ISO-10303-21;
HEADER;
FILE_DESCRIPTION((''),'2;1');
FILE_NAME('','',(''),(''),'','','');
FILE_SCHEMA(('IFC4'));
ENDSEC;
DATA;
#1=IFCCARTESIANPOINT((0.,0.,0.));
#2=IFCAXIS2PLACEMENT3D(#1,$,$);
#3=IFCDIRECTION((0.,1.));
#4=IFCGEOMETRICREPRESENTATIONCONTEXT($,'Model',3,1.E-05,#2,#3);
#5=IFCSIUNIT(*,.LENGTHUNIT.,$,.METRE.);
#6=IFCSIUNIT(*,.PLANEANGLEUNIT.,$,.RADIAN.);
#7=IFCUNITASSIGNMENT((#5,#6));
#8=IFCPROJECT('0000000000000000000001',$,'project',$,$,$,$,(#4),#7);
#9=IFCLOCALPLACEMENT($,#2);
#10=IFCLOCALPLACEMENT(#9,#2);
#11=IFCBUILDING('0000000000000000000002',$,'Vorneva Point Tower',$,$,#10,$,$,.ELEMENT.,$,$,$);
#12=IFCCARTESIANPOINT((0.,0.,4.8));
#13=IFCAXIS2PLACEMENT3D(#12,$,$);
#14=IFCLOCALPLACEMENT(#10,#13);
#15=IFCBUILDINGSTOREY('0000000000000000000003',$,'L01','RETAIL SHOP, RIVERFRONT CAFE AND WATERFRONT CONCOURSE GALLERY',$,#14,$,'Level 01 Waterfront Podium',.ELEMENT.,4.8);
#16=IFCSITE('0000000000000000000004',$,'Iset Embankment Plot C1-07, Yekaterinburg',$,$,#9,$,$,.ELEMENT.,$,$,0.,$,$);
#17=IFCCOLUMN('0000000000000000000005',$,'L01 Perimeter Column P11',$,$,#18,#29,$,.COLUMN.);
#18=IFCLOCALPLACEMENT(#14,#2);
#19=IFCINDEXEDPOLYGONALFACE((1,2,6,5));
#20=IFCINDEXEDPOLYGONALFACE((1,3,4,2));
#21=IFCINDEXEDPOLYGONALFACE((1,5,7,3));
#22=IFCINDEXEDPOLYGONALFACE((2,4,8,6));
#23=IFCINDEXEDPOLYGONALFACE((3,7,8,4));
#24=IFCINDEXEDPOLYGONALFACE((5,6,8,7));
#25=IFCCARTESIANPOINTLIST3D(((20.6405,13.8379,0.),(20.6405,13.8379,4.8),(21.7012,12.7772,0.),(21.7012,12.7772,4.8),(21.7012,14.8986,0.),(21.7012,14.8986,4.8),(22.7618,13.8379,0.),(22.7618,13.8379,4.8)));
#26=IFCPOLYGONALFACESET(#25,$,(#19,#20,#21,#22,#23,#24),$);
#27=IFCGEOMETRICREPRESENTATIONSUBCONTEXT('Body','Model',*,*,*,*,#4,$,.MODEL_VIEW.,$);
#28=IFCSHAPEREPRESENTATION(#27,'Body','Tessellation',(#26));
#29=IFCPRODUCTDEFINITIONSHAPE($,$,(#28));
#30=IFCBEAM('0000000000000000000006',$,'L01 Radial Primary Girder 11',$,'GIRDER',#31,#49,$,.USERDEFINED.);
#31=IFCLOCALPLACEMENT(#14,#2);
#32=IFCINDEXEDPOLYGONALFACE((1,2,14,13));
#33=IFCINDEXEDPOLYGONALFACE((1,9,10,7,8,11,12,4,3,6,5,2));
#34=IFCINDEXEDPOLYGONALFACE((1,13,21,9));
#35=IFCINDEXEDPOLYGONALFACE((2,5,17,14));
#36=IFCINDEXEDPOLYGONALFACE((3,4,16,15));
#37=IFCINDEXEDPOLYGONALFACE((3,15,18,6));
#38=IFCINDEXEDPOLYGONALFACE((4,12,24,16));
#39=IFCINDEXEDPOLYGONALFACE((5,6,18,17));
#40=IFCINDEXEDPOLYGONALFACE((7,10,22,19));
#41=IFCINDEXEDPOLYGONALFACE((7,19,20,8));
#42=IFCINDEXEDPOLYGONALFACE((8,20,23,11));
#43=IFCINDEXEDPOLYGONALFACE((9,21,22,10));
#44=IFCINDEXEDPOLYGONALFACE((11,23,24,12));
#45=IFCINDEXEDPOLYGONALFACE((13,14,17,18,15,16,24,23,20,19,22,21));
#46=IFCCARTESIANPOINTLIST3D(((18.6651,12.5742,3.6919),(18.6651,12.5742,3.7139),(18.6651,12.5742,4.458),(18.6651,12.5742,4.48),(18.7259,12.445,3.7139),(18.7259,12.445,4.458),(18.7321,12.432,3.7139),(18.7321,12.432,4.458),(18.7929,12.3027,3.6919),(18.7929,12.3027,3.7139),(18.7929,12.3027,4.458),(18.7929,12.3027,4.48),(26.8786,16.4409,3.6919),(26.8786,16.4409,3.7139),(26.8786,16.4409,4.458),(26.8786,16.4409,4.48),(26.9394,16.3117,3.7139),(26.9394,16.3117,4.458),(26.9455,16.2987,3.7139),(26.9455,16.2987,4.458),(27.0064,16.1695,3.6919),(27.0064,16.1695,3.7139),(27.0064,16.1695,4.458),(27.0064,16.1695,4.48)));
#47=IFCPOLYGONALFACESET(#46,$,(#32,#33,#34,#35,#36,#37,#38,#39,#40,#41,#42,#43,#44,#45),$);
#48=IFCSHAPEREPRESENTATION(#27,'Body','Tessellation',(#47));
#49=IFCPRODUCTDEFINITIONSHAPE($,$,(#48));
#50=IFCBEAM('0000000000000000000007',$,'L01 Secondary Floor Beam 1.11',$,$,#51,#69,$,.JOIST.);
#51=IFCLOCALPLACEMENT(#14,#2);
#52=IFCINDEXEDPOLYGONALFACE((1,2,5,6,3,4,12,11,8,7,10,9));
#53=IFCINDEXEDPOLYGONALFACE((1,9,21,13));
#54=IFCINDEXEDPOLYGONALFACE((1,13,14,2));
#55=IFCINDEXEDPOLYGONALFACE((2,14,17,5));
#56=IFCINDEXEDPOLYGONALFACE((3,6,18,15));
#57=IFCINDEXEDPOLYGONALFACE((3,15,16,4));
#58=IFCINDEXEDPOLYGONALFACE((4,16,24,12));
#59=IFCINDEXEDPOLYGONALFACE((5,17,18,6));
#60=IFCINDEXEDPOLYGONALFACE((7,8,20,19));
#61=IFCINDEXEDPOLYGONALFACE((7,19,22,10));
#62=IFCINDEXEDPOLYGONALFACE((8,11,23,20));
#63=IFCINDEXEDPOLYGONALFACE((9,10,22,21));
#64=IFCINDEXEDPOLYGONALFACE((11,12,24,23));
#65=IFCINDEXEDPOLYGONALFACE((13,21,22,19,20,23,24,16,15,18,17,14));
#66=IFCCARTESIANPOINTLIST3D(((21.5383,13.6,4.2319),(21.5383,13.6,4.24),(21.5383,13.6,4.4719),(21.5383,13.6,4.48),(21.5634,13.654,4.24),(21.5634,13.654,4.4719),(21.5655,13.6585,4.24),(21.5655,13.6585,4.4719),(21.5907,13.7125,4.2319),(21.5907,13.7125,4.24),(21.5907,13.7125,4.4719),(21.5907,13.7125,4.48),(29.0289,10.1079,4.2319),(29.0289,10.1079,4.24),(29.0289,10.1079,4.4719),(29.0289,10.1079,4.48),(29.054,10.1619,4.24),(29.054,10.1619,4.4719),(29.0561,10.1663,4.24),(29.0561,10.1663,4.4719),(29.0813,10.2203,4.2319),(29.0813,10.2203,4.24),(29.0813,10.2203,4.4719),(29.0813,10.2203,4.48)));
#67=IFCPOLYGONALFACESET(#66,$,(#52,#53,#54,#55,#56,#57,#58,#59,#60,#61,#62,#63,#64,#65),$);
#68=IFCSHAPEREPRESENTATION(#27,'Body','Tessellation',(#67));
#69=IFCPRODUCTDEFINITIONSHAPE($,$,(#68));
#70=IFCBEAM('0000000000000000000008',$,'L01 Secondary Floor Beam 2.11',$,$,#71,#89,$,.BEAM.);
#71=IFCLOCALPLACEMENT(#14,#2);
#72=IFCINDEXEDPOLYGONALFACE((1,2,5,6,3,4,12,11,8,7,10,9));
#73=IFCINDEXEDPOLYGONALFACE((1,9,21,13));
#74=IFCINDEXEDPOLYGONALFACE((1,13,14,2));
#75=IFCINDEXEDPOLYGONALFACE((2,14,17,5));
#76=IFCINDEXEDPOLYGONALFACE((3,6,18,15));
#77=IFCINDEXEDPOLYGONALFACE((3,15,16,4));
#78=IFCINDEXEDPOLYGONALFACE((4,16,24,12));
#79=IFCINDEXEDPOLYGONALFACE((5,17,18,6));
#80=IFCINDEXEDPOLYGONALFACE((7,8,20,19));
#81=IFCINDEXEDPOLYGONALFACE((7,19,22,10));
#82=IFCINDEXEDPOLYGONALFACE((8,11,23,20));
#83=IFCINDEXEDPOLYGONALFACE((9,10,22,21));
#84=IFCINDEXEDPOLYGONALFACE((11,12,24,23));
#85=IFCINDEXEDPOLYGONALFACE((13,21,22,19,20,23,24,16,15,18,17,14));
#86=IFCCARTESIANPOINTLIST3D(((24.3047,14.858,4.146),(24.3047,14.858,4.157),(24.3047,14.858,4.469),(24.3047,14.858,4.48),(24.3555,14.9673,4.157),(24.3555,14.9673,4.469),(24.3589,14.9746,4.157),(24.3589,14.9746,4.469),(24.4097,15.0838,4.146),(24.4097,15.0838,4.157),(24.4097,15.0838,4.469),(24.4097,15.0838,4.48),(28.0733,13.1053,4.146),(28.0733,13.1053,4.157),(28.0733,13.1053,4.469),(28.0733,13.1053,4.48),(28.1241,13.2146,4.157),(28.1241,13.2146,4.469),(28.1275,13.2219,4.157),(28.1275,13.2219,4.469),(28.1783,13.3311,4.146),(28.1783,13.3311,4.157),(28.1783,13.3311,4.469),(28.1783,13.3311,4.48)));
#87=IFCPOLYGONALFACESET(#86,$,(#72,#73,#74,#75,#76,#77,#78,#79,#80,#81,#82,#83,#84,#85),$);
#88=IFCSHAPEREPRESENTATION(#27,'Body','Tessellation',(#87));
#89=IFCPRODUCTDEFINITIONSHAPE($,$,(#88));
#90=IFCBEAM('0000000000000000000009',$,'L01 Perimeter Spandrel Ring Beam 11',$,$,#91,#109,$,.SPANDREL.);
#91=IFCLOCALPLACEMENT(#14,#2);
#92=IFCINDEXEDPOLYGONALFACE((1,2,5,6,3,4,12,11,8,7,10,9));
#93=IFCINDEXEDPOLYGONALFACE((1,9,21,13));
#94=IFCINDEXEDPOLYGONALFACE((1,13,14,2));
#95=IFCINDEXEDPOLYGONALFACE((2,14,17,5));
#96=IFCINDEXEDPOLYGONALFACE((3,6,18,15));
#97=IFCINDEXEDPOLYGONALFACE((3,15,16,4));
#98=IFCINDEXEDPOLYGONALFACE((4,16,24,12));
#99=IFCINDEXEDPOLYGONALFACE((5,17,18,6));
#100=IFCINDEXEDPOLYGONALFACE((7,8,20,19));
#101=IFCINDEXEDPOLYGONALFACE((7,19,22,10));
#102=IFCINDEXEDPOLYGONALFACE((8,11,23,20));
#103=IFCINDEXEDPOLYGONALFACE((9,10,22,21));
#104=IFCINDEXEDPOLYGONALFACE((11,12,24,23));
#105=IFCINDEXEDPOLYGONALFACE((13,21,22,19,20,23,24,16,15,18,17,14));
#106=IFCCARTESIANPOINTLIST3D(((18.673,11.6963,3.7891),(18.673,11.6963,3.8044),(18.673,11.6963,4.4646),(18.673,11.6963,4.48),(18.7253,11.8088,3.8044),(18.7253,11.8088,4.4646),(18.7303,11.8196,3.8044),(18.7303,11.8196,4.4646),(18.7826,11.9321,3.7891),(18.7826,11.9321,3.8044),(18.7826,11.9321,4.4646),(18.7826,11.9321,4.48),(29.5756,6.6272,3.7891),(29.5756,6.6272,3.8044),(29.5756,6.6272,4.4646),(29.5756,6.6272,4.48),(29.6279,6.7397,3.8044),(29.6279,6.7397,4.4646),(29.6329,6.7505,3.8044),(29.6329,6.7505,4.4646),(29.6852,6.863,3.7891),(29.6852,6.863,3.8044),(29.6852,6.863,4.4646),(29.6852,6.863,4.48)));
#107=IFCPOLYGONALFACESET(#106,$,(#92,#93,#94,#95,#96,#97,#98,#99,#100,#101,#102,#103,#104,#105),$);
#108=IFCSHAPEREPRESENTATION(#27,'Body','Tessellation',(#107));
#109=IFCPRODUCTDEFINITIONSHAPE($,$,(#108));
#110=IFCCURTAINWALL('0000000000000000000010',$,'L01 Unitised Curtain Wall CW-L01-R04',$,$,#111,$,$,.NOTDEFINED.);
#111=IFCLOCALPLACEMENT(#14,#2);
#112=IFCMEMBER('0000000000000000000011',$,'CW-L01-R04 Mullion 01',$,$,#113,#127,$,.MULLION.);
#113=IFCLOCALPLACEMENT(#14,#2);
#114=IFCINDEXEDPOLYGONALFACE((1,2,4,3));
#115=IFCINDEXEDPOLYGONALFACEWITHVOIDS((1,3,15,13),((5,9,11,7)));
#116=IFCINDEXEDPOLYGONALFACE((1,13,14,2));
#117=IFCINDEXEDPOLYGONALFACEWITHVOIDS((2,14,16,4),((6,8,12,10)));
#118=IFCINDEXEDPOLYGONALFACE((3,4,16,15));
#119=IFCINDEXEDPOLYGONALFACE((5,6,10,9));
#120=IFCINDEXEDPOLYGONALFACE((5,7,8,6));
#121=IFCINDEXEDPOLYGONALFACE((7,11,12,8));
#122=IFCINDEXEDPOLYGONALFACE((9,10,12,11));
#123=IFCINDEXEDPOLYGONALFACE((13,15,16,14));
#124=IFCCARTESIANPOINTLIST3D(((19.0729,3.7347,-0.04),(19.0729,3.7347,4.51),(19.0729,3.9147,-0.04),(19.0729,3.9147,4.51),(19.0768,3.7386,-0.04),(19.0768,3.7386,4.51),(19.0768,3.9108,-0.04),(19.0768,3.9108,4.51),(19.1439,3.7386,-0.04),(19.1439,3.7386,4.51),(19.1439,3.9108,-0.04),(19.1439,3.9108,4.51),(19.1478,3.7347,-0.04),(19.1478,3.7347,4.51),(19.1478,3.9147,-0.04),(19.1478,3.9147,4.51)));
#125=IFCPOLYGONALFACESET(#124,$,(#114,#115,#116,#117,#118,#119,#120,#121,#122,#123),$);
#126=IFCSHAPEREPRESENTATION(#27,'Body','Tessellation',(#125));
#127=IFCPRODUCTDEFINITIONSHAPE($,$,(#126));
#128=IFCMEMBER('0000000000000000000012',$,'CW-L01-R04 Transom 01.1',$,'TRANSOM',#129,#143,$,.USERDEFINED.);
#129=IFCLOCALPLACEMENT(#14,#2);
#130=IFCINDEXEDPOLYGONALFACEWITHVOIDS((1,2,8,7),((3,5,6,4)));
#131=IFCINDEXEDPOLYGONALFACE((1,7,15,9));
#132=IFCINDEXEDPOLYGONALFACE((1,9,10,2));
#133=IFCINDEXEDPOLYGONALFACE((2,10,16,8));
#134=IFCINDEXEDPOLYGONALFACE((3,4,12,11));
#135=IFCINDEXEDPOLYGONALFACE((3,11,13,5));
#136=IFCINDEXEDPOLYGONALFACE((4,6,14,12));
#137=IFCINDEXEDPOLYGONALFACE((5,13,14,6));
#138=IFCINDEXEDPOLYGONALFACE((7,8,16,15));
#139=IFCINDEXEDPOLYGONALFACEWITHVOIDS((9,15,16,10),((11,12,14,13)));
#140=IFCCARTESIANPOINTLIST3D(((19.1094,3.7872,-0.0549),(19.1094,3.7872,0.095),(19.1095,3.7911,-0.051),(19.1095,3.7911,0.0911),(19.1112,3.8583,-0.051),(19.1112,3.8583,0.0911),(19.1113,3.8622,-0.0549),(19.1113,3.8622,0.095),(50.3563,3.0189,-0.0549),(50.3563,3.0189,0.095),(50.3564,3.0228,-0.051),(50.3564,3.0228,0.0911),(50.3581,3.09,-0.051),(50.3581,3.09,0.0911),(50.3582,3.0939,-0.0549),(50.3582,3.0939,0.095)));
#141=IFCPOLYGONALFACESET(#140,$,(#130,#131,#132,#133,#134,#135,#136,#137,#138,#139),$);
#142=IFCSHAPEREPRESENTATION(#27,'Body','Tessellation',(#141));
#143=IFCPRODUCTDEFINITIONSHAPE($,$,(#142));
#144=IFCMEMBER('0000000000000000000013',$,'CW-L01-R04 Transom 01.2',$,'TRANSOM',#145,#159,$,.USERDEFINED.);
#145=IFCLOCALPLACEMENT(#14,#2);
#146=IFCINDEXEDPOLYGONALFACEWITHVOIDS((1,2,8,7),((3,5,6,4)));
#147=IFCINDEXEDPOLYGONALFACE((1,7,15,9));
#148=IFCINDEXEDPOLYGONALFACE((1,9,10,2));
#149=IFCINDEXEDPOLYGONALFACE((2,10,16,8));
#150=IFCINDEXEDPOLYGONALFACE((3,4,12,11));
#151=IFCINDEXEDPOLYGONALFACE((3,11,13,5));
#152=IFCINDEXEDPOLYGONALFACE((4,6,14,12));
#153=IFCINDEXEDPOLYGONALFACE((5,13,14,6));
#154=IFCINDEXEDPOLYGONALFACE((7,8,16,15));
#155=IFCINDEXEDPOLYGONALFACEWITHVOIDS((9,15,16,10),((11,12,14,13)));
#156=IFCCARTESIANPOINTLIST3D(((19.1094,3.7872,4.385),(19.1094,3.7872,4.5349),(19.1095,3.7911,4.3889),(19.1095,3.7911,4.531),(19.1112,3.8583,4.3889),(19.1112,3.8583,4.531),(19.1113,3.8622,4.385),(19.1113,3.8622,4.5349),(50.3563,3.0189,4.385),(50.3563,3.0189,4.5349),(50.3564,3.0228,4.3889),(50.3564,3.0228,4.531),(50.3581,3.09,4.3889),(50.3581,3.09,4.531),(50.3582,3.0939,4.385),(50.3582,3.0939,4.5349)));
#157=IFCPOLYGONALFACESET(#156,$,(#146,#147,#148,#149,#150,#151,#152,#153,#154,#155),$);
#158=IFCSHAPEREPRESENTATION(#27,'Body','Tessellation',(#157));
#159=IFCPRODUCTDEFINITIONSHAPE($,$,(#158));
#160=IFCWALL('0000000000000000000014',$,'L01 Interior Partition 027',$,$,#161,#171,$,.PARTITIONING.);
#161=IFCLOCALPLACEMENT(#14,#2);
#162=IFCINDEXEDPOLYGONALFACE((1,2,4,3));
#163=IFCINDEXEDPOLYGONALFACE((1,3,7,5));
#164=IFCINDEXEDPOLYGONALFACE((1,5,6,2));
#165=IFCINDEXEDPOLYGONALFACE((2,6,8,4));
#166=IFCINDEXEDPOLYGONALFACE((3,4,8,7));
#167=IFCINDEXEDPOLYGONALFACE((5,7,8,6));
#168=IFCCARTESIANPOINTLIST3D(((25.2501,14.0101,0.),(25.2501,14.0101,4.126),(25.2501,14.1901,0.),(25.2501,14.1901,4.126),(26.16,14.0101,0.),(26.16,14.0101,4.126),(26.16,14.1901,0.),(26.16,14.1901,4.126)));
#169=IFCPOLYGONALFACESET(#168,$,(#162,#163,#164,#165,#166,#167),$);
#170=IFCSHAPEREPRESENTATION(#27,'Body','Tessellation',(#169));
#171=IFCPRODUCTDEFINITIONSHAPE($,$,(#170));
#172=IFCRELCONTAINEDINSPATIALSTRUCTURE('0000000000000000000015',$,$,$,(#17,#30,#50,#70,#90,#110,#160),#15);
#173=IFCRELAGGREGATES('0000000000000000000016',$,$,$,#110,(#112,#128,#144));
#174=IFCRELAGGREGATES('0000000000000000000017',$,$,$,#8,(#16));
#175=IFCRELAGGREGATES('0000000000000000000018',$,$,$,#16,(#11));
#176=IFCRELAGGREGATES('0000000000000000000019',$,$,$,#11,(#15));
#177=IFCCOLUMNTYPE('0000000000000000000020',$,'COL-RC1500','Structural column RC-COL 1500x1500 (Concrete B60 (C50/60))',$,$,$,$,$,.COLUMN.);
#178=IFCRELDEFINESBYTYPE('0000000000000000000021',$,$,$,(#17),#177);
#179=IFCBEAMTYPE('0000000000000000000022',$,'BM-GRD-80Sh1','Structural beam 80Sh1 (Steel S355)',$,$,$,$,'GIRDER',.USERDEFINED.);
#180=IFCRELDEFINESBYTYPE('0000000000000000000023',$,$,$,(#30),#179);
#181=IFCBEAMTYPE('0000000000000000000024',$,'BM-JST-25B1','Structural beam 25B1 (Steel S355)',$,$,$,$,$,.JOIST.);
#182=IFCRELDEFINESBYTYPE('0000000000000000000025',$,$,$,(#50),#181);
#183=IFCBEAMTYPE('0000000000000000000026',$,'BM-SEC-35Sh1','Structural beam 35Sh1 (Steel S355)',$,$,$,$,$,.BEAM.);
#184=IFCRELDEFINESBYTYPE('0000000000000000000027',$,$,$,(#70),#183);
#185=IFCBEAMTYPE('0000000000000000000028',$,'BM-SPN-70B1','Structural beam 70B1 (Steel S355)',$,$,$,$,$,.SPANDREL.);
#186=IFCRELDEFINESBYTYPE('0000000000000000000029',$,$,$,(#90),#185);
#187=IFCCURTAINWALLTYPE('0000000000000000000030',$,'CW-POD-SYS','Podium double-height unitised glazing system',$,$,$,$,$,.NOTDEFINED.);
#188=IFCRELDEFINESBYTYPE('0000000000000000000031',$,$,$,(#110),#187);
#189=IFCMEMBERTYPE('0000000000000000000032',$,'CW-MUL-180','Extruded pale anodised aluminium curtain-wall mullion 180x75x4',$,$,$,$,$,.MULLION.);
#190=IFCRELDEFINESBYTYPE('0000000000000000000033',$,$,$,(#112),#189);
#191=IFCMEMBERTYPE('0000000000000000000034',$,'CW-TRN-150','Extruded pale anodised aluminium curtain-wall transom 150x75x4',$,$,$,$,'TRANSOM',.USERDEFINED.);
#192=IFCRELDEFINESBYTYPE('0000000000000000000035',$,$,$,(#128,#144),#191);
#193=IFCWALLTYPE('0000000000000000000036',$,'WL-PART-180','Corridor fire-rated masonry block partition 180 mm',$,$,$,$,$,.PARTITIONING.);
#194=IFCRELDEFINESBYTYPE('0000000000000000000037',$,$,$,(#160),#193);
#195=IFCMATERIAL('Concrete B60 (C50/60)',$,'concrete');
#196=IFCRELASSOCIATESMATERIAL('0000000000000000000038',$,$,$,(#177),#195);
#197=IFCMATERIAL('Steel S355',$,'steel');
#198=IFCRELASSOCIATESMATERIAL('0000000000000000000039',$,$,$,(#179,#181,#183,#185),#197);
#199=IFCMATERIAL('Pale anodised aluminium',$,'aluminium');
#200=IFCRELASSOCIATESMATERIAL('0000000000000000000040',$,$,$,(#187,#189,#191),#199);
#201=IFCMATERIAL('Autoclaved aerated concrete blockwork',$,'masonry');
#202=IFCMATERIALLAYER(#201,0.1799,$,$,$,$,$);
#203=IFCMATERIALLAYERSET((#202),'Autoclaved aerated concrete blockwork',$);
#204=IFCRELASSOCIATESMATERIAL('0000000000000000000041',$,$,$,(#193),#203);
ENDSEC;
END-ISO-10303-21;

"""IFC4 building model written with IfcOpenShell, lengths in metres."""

from ifc_helpers import new_model, si_unit, direction, frame, frame_2d, origin, origin_2d, place, context, subcontext, project, spatial, rectangle, hollow_rectangle, i_section, extrude, material, layer, layer_set, material_profile, profile_set, type_object, element, aggregate, save


model = new_model("IFC4")

# Units and contexts
model_context = context("Model", 3, precision=1e-05, world=origin(), true_north=direction((0.0, 1.0)))
body_context = subcontext(model_context, "Body", "Model", "MODEL_VIEW")
ifc_project = project(units=[si_unit("LENGTHUNIT", "METRE"), si_unit("PLANEANGLEUNIT", "RADIAN")], contexts=[model_context])

# Site, building, storey
site_placement = place(None, origin())
site = spatial("IfcSite", under=ifc_project, at=site_placement, Name="Iset Embankment Plot C1-07, Yekaterinburg", CompositionType="ELEMENT", RefElevation=0.0)
building_placement = place(site_placement, origin())
building = spatial("IfcBuilding", under=site, at=building_placement, Name="Vorneva Point Tower", CompositionType="ELEMENT")
storey_placement = place(building_placement, frame((0.0, 0.0, 4.8)))
storey = spatial("IfcBuildingStorey", under=building, at=storey_placement, Name="L01", Description="RETAIL SHOP, RIVERFRONT CAFE AND WATERFRONT CONCOURSE GALLERY", LongName="Level 01 Waterfront Podium", CompositionType="ELEMENT", Elevation=4.8)

# Column
ifc_material_1 = material(Name="Concrete B60 (C50/60)", Category="concrete")
ifc_material_profile_1 = material_profile(ifc_material_1, rectangle(XDim=1.5, YDim=1.5, at=origin_2d()), Name="RC-COL 1500x1500")
ifc_profile_set_1 = profile_set([ifc_material_profile_1], Name="Concrete B60 (C50/60)")
column_type = type_object("IfcColumnType", Name="COL-RC1500", Description="Structural column RC-COL 1500x1500 (Concrete B60 (C50/60))", PredefinedType="COLUMN", material=ifc_profile_set_1)
column_placement = place(storey_placement, frame((21.7012, 13.8379, 0.0), z_axis=(0.0, 0.0, 1.0), x_axis=(-0.707107, -0.707107, 0.0)))
element("IfcColumn", 1, at=column_placement, inside=storey, type_object=column_type, Name="L01 Perimeter Column P11", PredefinedType="COLUMN", context=body_context, shape_type="SweptSolid", body=[
    extrude(rectangle(XDim=1.5, YDim=1.5, at=origin_2d()), origin(), (0.0, 0.0, 1.0), 4.8),
])

# Beams
ifc_material_2 = material(Name="Steel S355", Category="steel")
ifc_material_profile_2 = material_profile(ifc_material_2, i_section(OverallWidth=0.3, OverallDepth=0.7881, WebThickness=0.0144, FlangeThickness=0.022, at=origin_2d()), Name="80Sh1")
ifc_profile_set_2 = profile_set([ifc_material_profile_2], Name="Steel S355")
beam_type_1 = type_object("IfcBeamType", Name="BM-GRD-80Sh1", Description="Structural beam 80Sh1 (Steel S355)", ElementType="GIRDER", PredefinedType="USERDEFINED", material=ifc_profile_set_2)
beam_1_placement = place(storey_placement, frame((18.729, 12.4385, 4.0859), z_axis=(0.904752, 0.425939, 0.0), x_axis=(-0.425939, 0.904752, 0.0)))
element("IfcBeam", 2, at=beam_1_placement, inside=storey, type_object=beam_type_1, Name="L01 Radial Primary Girder 11", ObjectType="GIRDER", PredefinedType="USERDEFINED", context=body_context, shape_type="SweptSolid", body=[
    extrude(i_section(OverallWidth=0.3, OverallDepth=0.7881, WebThickness=0.0144, FlangeThickness=0.022, at=origin_2d()), origin(), (0.0, 0.0, 1.0), 9.0781),
])
ifc_material_profile_3 = material_profile(ifc_material_2, i_section(OverallWidth=0.124, OverallDepth=0.248, WebThickness=0.0049, FlangeThickness=0.0081, at=origin_2d()), Name="25B1")
ifc_profile_set_3 = profile_set([ifc_material_profile_3], Name="Steel S355")
beam_type_2 = type_object("IfcBeamType", Name="BM-JST-25B1", Description="Structural beam 25B1 (Steel S355)", PredefinedType="JOIST", material=ifc_profile_set_3)
beam_2_placement = place(storey_placement, frame((21.5645, 13.6562, 4.356), z_axis=(0.906345, -0.422539, 0.0), x_axis=(0.422539, 0.906345, 0.0)))
element("IfcBeam", 3, at=beam_2_placement, inside=storey, type_object=beam_type_2, Name="L01 Secondary Floor Beam 1.11", PredefinedType="JOIST", context=body_context, shape_type="SweptSolid", body=[
    extrude(i_section(OverallWidth=0.124, OverallDepth=0.248, WebThickness=0.0049, FlangeThickness=0.0081, at=origin_2d()), origin(), (0.0, 0.0, 1.0), 8.2646),
])
ifc_material_profile_4 = material_profile(ifc_material_2, i_section(OverallWidth=0.249, OverallDepth=0.334, WebThickness=0.0081, FlangeThickness=0.011, at=origin_2d()), Name="35Sh1")
ifc_profile_set_4 = profile_set([ifc_material_profile_4], Name="Steel S355")
beam_type_3 = type_object("IfcBeamType", Name="BM-SEC-35Sh1", Description="Structural beam 35Sh1 (Steel S355)", PredefinedType="BEAM", material=ifc_profile_set_4)
beam_3_placement = place(storey_placement, frame((24.3572, 14.9709, 4.313), z_axis=(0.906733, -0.421705, 0.0), x_axis=(0.421705, 0.906733, 0.0)))
element("IfcBeam", 4, at=beam_3_placement, inside=storey, type_object=beam_type_3, Name="L01 Secondary Floor Beam 2.11", PredefinedType="BEAM", context=body_context, shape_type="SweptSolid", body=[
    extrude(i_section(OverallWidth=0.249, OverallDepth=0.334, WebThickness=0.0081, FlangeThickness=0.011, at=origin_2d()), origin(), (0.0, 0.0, 1.0), 4.1562),
])
ifc_material_profile_5 = material_profile(ifc_material_2, i_section(OverallWidth=0.26, OverallDepth=0.6909, WebThickness=0.012, FlangeThickness=0.0154, at=origin_2d()), Name="70B1")
ifc_profile_set_5 = profile_set([ifc_material_profile_5], Name="Steel S355")
beam_type_4 = type_object("IfcBeamType", Name="BM-SPN-70B1", Description="Structural beam 70B1 (Steel S355)", PredefinedType="SPANDREL", material=ifc_profile_set_5)
beam_4_placement = place(storey_placement, frame((18.7278, 11.8142, 4.1345), z_axis=(0.906781, -0.421602, 0.0), x_axis=(0.421602, 0.906781, 0.0)))
element("IfcBeam", 5, at=beam_4_placement, inside=storey, type_object=beam_type_4, Name="L01 Perimeter Spandrel Ring Beam 11", PredefinedType="SPANDREL", context=body_context, shape_type="SweptSolid", body=[
    extrude(i_section(OverallWidth=0.26, OverallDepth=0.6909, WebThickness=0.012, FlangeThickness=0.0154, at=origin_2d()), origin(), (0.0, 0.0, 1.0), 12.0234),
])

# Curtain wall, members
ifc_material_3 = material(Name="Pale anodised aluminium", Category="aluminium")
curtain_wall_type = type_object("IfcCurtainWallType", Name="CW-POD-SYS", Description="Podium double-height unitised glazing system", PredefinedType="NOTDEFINED", material=ifc_material_3)
curtain_wall_placement = place(storey_placement, origin())
curtain_wall = element("IfcCurtainWall", 6, at=curtain_wall_placement, inside=storey, type_object=curtain_wall_type, Name="L01 Unitised Curtain Wall CW-L01-R04", PredefinedType="NOTDEFINED")
ifc_material_profile_6 = material_profile(ifc_material_3, hollow_rectangle(XDim=0.075, YDim=0.1799, WallThickness=0.0039, at=origin_2d()), Name="AL-MUL 180x75x4")
ifc_profile_set_6 = profile_set([ifc_material_profile_6], Name="Pale anodised aluminium")
member_type_1 = type_object("IfcMemberType", Name="CW-MUL-180", Description="Extruded pale anodised aluminium curtain-wall mullion 180x75x4", PredefinedType="MULLION", material=ifc_profile_set_6)
member_1_placement = place(storey_placement, frame((19.1104, 3.8247, -0.04), z_axis=(0.0, 0.0, 1.0), x_axis=(1.0, 0.0, 0.0)))
member_1 = element("IfcMember", 7, at=member_1_placement, type_object=member_type_1, Name="CW-L01-R04 Mullion 01", PredefinedType="MULLION", context=body_context, shape_type="SweptSolid", body=[
    extrude(hollow_rectangle(XDim=0.075, YDim=0.1799, WallThickness=0.0039, at=origin_2d()), origin(), (0.0, 0.0, 1.0), 4.55),
])
ifc_material_profile_7 = material_profile(ifc_material_3, hollow_rectangle(XDim=0.075, YDim=0.1499, WallThickness=0.0039, at=origin_2d()), Name="AL-TRN 150x75x4")
ifc_profile_set_7 = profile_set([ifc_material_profile_7], Name="Pale anodised aluminium")
member_type_2 = type_object("IfcMemberType", Name="CW-TRN-150", Description="Extruded pale anodised aluminium curtain-wall transom 150x75x4", ElementType="TRANSOM", PredefinedType="USERDEFINED", material=ifc_profile_set_7)
member_2_placement = place(storey_placement, frame((19.1104, 3.8247, 0.02), z_axis=(0.999698, -0.024581, 0.0), x_axis=(0.024581, 0.999698, 0.0)))
member_2 = element("IfcMember", 8, at=member_2_placement, type_object=member_type_2, Name="CW-L01-R04 Transom 01.1", ObjectType="TRANSOM", PredefinedType="USERDEFINED", context=body_context, shape_type="SweptSolid", body=[
    extrude(hollow_rectangle(XDim=0.075, YDim=0.1499, WallThickness=0.0039, at=origin_2d()), origin(), (0.0, 0.0, 1.0), 31.2563),
])
member_3_placement = place(storey_placement, frame((19.1104, 3.8247, 4.46), z_axis=(0.999698, -0.024581, 0.0), x_axis=(0.024581, 0.999698, 0.0)))
member_3 = element("IfcMember", 9, at=member_3_placement, type_object=member_type_2, Name="CW-L01-R04 Transom 01.2", ObjectType="TRANSOM", PredefinedType="USERDEFINED", context=body_context, shape_type="SweptSolid", body=[
    extrude(hollow_rectangle(XDim=0.075, YDim=0.1499, WallThickness=0.0039, at=origin_2d()), origin(), (0.0, 0.0, 1.0), 31.2563),
])
aggregate(curtain_wall, [member_1, member_2, member_3])

# Wall
ifc_material_4 = material(Name="Autoclaved aerated concrete blockwork", Category="masonry")
ifc_layer_1 = layer(ifc_material_4, 0.1799)
ifc_layer_set_1 = layer_set([ifc_layer_1], Name="Autoclaved aerated concrete blockwork")
wall_type_1 = type_object("IfcWallType", Name="WL-PART-180", Description="Corridor fire-rated masonry block partition 180 mm", PredefinedType="PARTITIONING", material=ifc_layer_set_1)
wall_1_placement = place(storey_placement, frame((25.25, 14.1001, 0.0), z_axis=(0.0, 0.0, 1.0), x_axis=(1.0, 0.0, 0.0)))
element("IfcWall", 10, at=wall_1_placement, inside=storey, type_object=wall_type_1, Name="L01 Interior Partition 027", PredefinedType="PARTITIONING", context=body_context, shape_type="SweptSolid", body=[
    extrude(rectangle(XDim=0.9099, YDim=0.1799, at=frame_2d((0.4551, 0.0))), origin(), (0.0, 0.0, 1.0), 4.126),
])

save(model, "model.ifc")
